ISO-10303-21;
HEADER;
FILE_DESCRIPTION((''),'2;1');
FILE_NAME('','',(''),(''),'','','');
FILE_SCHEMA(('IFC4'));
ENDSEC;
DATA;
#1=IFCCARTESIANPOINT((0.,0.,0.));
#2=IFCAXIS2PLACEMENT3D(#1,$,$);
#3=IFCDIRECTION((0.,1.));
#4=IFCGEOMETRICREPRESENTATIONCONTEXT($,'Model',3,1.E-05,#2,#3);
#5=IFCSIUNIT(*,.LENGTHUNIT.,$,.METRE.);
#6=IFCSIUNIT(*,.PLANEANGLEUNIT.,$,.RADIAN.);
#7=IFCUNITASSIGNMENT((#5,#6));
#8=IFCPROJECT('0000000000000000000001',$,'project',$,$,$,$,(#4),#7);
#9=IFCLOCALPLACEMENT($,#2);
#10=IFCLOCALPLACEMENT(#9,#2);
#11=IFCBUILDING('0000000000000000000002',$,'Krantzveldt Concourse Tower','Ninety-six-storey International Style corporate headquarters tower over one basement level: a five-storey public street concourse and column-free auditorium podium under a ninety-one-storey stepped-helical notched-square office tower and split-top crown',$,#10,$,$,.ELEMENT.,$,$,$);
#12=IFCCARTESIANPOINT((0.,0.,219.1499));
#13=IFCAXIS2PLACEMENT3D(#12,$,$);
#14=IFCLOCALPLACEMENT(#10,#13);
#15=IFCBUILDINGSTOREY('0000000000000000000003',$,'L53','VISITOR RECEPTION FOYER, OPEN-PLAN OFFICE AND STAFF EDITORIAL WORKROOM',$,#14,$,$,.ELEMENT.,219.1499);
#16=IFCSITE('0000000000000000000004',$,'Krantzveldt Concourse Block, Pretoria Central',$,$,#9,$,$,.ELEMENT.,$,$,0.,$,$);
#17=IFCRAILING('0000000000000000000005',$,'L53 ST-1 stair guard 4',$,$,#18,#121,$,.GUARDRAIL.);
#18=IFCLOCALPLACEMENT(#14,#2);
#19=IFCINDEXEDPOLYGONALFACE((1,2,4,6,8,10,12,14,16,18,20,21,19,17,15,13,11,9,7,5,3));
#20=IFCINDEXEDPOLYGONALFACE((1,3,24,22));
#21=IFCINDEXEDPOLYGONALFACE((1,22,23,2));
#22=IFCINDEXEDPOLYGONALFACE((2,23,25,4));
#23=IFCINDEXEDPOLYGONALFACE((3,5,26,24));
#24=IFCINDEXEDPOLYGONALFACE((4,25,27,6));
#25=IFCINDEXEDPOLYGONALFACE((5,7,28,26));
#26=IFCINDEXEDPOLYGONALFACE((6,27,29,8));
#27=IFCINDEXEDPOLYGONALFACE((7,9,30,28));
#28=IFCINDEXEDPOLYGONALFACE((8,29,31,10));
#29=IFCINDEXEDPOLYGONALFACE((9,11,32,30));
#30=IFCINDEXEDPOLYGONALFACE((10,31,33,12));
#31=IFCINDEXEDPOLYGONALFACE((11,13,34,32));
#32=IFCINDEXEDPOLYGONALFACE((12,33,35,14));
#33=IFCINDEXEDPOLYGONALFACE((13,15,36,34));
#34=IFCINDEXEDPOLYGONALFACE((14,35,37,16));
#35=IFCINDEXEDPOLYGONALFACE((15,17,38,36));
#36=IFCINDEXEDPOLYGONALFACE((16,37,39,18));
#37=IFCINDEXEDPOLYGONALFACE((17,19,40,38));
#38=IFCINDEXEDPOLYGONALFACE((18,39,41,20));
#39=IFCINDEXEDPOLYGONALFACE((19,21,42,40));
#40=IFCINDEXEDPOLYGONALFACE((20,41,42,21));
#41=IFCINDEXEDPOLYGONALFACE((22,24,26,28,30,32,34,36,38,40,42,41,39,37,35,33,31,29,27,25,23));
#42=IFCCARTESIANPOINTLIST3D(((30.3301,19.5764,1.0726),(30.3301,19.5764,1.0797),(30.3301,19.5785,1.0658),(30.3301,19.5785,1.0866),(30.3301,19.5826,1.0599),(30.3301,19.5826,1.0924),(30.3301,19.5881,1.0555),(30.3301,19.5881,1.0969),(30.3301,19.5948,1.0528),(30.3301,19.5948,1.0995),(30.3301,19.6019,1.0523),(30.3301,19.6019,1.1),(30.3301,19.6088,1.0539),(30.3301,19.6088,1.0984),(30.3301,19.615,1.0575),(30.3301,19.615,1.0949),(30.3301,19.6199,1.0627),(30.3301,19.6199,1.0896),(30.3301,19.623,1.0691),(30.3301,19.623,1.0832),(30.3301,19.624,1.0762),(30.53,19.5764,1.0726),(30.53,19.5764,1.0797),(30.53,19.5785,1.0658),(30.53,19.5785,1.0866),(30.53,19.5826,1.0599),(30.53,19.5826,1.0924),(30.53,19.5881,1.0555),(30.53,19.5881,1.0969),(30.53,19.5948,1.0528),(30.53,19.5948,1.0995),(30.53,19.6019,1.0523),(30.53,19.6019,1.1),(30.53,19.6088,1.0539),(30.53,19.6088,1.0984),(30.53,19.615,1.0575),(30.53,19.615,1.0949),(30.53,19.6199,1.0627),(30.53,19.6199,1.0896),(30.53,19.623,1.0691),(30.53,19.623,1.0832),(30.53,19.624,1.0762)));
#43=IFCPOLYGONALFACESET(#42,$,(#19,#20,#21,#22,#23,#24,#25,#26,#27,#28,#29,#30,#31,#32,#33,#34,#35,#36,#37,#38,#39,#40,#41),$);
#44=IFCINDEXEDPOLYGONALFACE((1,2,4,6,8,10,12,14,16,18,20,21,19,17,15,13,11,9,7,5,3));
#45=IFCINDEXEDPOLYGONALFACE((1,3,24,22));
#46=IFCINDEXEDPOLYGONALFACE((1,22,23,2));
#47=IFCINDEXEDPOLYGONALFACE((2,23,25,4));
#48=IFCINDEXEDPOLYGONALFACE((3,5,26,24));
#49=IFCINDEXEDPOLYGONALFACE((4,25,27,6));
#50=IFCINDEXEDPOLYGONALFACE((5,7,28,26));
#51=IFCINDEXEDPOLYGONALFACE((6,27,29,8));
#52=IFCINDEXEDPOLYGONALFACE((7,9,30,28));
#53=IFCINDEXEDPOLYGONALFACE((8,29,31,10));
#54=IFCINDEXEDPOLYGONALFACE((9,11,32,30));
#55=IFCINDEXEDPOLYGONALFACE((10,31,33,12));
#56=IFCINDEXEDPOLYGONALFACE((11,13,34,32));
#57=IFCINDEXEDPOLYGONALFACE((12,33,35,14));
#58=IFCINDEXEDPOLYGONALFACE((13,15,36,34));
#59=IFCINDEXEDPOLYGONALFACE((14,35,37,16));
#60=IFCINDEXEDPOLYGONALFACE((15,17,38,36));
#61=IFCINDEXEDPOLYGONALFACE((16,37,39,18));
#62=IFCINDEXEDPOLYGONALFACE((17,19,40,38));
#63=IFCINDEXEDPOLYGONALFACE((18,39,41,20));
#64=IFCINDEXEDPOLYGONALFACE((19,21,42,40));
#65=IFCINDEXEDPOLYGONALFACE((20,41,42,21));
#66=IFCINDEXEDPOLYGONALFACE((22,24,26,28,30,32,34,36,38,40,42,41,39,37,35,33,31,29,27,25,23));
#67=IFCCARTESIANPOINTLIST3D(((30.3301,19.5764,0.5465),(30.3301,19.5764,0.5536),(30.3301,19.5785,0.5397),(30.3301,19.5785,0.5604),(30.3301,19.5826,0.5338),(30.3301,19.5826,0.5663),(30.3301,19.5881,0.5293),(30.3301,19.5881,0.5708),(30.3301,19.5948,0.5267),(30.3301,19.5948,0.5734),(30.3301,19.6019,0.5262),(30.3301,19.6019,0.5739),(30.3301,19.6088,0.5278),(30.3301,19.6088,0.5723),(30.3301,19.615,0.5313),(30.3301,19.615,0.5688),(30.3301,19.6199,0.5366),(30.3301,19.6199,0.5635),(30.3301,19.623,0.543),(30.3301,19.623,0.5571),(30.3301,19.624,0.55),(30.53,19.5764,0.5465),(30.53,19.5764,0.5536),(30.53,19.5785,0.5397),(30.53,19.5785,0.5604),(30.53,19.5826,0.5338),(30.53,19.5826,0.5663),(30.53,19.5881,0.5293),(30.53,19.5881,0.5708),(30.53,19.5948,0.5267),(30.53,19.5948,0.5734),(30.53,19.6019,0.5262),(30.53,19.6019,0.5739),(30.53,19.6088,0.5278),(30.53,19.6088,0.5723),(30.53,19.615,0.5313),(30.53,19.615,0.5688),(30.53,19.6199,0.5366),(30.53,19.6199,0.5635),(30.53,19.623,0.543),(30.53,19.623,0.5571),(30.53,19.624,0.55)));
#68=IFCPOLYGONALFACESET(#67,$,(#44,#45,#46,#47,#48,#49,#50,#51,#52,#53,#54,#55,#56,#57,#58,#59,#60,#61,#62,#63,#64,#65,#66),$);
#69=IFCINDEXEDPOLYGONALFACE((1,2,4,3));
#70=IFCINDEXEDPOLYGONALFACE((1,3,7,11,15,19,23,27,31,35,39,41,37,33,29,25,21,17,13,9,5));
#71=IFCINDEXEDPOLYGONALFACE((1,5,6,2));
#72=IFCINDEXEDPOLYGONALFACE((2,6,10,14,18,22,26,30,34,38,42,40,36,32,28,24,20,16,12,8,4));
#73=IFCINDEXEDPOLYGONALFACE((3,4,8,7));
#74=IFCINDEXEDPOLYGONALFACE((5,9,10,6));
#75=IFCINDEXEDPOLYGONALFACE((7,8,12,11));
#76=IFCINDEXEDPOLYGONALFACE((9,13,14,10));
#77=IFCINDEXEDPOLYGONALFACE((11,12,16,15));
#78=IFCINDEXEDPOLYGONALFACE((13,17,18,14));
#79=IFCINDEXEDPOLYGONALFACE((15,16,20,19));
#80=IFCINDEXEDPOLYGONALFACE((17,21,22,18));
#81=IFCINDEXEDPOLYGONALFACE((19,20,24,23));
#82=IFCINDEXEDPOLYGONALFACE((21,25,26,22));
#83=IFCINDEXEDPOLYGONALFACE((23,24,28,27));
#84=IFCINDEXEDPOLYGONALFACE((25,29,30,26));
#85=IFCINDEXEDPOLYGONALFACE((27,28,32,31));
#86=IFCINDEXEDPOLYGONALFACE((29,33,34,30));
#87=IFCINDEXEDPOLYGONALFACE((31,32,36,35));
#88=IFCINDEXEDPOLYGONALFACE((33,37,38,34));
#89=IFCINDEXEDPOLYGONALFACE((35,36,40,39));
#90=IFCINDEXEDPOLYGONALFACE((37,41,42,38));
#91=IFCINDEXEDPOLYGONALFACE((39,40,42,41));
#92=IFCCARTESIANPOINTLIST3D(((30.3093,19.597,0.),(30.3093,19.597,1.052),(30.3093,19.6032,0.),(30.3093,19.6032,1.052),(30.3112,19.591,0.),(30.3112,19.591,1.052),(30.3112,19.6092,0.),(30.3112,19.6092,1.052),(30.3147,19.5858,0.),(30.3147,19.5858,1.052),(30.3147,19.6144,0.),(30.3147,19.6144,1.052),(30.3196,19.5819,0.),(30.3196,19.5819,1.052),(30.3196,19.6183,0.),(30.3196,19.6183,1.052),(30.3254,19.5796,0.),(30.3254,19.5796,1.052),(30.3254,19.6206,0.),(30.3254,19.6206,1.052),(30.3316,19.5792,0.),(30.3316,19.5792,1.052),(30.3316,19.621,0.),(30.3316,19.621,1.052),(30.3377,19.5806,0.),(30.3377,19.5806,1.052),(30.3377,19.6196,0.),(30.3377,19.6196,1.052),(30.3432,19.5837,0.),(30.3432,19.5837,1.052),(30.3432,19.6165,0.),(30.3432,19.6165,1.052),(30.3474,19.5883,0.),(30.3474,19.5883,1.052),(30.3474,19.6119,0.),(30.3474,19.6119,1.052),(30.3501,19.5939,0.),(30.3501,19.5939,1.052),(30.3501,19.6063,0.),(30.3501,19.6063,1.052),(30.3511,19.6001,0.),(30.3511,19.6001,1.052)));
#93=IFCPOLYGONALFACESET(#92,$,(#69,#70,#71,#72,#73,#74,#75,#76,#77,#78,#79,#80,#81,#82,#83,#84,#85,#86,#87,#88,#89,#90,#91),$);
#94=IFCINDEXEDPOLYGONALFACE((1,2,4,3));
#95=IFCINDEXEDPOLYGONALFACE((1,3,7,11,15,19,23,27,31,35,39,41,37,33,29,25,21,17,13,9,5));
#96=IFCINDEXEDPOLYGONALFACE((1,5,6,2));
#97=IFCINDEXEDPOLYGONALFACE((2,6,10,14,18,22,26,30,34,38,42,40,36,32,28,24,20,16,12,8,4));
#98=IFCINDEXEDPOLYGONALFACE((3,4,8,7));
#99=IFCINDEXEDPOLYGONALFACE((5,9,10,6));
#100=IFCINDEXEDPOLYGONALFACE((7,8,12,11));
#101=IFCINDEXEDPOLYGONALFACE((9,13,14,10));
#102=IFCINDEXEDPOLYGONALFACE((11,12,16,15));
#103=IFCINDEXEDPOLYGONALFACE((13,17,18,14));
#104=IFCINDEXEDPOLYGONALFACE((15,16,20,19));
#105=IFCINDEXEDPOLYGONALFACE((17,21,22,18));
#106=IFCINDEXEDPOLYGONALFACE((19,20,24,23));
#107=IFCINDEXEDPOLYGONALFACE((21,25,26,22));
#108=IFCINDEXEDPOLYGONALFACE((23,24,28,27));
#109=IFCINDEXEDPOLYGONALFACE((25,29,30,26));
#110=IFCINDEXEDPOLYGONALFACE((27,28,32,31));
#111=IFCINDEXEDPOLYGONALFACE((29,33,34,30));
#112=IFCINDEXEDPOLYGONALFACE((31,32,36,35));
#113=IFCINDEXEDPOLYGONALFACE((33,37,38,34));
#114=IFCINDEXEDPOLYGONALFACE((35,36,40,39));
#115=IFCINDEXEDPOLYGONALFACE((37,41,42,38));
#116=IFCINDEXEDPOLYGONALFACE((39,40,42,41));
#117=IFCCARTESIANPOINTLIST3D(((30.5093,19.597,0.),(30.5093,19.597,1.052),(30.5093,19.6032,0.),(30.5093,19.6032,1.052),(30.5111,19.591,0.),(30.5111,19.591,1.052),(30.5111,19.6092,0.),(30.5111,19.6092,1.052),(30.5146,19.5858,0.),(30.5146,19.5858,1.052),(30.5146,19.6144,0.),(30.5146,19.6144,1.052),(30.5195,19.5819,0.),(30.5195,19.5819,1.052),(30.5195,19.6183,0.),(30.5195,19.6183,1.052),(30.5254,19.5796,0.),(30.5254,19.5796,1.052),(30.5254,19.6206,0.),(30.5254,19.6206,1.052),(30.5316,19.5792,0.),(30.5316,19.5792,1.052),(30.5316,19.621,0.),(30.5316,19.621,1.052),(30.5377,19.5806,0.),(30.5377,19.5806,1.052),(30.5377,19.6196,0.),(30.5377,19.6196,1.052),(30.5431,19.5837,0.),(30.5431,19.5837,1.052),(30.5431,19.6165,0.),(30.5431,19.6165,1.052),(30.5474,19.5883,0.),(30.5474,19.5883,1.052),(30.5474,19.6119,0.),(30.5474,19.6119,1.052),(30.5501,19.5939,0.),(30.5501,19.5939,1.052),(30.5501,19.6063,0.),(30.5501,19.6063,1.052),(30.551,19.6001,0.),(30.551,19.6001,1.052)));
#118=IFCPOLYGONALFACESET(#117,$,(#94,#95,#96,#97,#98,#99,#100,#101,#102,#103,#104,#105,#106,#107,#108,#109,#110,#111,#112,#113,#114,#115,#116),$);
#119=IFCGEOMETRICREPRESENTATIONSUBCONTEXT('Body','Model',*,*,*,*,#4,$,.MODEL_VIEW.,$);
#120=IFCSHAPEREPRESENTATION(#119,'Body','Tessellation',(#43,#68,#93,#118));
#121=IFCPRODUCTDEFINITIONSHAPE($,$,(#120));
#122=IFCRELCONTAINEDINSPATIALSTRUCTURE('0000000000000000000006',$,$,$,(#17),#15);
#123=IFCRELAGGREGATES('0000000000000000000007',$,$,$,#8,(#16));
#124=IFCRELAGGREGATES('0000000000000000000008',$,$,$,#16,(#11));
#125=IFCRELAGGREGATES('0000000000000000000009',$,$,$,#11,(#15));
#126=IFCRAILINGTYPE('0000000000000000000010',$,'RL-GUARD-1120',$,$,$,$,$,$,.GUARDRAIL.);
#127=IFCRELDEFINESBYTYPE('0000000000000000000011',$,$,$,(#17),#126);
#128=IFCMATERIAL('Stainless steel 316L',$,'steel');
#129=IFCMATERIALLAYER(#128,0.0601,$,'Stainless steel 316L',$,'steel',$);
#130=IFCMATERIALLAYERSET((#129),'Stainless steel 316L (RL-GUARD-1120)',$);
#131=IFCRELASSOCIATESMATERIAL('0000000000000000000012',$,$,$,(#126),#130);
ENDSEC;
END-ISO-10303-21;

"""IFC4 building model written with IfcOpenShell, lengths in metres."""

from ifc_helpers import new_model, si_unit, direction, frame, origin, origin_2d, place, context, subcontext, project, spatial, circle, extrude, material, layer, layer_set, type_object, element, save


model = new_model("IFC4")

# Units and contexts
model_context = context("Model", 3, precision=1e-05, world=origin(), true_north=direction((0.0, 1.0)))
body_context = subcontext(model_context, "Body", "Model", "MODEL_VIEW")
ifc_project = project(units=[si_unit("LENGTHUNIT", "METRE"), si_unit("PLANEANGLEUNIT", "RADIAN")], contexts=[model_context])

# Site, building, storey
site_placement = place(None, origin())
site = spatial("IfcSite", under=ifc_project, at=site_placement, Name="Krantzveldt Concourse Block, Pretoria Central", CompositionType="ELEMENT", RefElevation=0.0)
building_placement = place(site_placement, origin())
building = spatial("IfcBuilding", under=site, at=building_placement, Name="Krantzveldt Concourse Tower", Description="Ninety-six-storey International Style corporate headquarters tower over one basement level: a five-storey public street concourse and column-free auditorium podium under a ninety-one-storey stepped-helical notched-square office tower and split-top crown", CompositionType="ELEMENT")
storey_placement = place(building_placement, frame((0.0, 0.0, 219.1499)))
storey = spatial("IfcBuildingStorey", under=building, at=storey_placement, Name="L53", Description="VISITOR RECEPTION FOYER, OPEN-PLAN OFFICE AND STAFF EDITORIAL WORKROOM", CompositionType="ELEMENT", Elevation=219.1499)

# Railing
ifc_material_1 = material(Name="Stainless steel 316L", Category="steel")
ifc_layer_1 = layer(ifc_material_1, 0.0601, Name="Stainless steel 316L", Category="steel")
ifc_layer_set_1 = layer_set([ifc_layer_1], Name="Stainless steel 316L (RL-GUARD-1120)")
railing_type_1 = type_object("IfcRailingType", Name="RL-GUARD-1120", PredefinedType="GUARDRAIL", material=ifc_layer_set_1)
railing_1_placement = place(storey_placement, frame((30.3301, 19.6001, 0.0)))
element("IfcRailing", 1, at=railing_1_placement, inside=storey, type_object=railing_type_1, Name="L53 ST-1 stair guard 4", PredefinedType="GUARDRAIL", context=body_context, shape_type="SweptSolid", body=[
    extrude(circle(Radius=0.0239, at=origin_2d()), frame((0.0, 0.0, 1.0762), z_axis=(1.0, 0.0, 0.0), x_axis=(0.0, 1.0, 0.0)), (0.0, 0.0, 1.0), 0.2),
    extrude(circle(Radius=0.0239, at=origin_2d()), frame((0.0, 0.0, 0.55), z_axis=(1.0, 0.0, 0.0), x_axis=(0.0, 1.0, 0.0)), (0.0, 0.0, 1.0), 0.2),
    extrude(circle(Radius=0.021, at=origin_2d()), origin(), (0.0, 0.0, 1.0), 1.052),
    extrude(circle(Radius=0.021, at=origin_2d()), frame((0.2, 0.0, 0.0)), (0.0, 0.0, 1.0), 1.052),
])

save(model, "model.ifc")
